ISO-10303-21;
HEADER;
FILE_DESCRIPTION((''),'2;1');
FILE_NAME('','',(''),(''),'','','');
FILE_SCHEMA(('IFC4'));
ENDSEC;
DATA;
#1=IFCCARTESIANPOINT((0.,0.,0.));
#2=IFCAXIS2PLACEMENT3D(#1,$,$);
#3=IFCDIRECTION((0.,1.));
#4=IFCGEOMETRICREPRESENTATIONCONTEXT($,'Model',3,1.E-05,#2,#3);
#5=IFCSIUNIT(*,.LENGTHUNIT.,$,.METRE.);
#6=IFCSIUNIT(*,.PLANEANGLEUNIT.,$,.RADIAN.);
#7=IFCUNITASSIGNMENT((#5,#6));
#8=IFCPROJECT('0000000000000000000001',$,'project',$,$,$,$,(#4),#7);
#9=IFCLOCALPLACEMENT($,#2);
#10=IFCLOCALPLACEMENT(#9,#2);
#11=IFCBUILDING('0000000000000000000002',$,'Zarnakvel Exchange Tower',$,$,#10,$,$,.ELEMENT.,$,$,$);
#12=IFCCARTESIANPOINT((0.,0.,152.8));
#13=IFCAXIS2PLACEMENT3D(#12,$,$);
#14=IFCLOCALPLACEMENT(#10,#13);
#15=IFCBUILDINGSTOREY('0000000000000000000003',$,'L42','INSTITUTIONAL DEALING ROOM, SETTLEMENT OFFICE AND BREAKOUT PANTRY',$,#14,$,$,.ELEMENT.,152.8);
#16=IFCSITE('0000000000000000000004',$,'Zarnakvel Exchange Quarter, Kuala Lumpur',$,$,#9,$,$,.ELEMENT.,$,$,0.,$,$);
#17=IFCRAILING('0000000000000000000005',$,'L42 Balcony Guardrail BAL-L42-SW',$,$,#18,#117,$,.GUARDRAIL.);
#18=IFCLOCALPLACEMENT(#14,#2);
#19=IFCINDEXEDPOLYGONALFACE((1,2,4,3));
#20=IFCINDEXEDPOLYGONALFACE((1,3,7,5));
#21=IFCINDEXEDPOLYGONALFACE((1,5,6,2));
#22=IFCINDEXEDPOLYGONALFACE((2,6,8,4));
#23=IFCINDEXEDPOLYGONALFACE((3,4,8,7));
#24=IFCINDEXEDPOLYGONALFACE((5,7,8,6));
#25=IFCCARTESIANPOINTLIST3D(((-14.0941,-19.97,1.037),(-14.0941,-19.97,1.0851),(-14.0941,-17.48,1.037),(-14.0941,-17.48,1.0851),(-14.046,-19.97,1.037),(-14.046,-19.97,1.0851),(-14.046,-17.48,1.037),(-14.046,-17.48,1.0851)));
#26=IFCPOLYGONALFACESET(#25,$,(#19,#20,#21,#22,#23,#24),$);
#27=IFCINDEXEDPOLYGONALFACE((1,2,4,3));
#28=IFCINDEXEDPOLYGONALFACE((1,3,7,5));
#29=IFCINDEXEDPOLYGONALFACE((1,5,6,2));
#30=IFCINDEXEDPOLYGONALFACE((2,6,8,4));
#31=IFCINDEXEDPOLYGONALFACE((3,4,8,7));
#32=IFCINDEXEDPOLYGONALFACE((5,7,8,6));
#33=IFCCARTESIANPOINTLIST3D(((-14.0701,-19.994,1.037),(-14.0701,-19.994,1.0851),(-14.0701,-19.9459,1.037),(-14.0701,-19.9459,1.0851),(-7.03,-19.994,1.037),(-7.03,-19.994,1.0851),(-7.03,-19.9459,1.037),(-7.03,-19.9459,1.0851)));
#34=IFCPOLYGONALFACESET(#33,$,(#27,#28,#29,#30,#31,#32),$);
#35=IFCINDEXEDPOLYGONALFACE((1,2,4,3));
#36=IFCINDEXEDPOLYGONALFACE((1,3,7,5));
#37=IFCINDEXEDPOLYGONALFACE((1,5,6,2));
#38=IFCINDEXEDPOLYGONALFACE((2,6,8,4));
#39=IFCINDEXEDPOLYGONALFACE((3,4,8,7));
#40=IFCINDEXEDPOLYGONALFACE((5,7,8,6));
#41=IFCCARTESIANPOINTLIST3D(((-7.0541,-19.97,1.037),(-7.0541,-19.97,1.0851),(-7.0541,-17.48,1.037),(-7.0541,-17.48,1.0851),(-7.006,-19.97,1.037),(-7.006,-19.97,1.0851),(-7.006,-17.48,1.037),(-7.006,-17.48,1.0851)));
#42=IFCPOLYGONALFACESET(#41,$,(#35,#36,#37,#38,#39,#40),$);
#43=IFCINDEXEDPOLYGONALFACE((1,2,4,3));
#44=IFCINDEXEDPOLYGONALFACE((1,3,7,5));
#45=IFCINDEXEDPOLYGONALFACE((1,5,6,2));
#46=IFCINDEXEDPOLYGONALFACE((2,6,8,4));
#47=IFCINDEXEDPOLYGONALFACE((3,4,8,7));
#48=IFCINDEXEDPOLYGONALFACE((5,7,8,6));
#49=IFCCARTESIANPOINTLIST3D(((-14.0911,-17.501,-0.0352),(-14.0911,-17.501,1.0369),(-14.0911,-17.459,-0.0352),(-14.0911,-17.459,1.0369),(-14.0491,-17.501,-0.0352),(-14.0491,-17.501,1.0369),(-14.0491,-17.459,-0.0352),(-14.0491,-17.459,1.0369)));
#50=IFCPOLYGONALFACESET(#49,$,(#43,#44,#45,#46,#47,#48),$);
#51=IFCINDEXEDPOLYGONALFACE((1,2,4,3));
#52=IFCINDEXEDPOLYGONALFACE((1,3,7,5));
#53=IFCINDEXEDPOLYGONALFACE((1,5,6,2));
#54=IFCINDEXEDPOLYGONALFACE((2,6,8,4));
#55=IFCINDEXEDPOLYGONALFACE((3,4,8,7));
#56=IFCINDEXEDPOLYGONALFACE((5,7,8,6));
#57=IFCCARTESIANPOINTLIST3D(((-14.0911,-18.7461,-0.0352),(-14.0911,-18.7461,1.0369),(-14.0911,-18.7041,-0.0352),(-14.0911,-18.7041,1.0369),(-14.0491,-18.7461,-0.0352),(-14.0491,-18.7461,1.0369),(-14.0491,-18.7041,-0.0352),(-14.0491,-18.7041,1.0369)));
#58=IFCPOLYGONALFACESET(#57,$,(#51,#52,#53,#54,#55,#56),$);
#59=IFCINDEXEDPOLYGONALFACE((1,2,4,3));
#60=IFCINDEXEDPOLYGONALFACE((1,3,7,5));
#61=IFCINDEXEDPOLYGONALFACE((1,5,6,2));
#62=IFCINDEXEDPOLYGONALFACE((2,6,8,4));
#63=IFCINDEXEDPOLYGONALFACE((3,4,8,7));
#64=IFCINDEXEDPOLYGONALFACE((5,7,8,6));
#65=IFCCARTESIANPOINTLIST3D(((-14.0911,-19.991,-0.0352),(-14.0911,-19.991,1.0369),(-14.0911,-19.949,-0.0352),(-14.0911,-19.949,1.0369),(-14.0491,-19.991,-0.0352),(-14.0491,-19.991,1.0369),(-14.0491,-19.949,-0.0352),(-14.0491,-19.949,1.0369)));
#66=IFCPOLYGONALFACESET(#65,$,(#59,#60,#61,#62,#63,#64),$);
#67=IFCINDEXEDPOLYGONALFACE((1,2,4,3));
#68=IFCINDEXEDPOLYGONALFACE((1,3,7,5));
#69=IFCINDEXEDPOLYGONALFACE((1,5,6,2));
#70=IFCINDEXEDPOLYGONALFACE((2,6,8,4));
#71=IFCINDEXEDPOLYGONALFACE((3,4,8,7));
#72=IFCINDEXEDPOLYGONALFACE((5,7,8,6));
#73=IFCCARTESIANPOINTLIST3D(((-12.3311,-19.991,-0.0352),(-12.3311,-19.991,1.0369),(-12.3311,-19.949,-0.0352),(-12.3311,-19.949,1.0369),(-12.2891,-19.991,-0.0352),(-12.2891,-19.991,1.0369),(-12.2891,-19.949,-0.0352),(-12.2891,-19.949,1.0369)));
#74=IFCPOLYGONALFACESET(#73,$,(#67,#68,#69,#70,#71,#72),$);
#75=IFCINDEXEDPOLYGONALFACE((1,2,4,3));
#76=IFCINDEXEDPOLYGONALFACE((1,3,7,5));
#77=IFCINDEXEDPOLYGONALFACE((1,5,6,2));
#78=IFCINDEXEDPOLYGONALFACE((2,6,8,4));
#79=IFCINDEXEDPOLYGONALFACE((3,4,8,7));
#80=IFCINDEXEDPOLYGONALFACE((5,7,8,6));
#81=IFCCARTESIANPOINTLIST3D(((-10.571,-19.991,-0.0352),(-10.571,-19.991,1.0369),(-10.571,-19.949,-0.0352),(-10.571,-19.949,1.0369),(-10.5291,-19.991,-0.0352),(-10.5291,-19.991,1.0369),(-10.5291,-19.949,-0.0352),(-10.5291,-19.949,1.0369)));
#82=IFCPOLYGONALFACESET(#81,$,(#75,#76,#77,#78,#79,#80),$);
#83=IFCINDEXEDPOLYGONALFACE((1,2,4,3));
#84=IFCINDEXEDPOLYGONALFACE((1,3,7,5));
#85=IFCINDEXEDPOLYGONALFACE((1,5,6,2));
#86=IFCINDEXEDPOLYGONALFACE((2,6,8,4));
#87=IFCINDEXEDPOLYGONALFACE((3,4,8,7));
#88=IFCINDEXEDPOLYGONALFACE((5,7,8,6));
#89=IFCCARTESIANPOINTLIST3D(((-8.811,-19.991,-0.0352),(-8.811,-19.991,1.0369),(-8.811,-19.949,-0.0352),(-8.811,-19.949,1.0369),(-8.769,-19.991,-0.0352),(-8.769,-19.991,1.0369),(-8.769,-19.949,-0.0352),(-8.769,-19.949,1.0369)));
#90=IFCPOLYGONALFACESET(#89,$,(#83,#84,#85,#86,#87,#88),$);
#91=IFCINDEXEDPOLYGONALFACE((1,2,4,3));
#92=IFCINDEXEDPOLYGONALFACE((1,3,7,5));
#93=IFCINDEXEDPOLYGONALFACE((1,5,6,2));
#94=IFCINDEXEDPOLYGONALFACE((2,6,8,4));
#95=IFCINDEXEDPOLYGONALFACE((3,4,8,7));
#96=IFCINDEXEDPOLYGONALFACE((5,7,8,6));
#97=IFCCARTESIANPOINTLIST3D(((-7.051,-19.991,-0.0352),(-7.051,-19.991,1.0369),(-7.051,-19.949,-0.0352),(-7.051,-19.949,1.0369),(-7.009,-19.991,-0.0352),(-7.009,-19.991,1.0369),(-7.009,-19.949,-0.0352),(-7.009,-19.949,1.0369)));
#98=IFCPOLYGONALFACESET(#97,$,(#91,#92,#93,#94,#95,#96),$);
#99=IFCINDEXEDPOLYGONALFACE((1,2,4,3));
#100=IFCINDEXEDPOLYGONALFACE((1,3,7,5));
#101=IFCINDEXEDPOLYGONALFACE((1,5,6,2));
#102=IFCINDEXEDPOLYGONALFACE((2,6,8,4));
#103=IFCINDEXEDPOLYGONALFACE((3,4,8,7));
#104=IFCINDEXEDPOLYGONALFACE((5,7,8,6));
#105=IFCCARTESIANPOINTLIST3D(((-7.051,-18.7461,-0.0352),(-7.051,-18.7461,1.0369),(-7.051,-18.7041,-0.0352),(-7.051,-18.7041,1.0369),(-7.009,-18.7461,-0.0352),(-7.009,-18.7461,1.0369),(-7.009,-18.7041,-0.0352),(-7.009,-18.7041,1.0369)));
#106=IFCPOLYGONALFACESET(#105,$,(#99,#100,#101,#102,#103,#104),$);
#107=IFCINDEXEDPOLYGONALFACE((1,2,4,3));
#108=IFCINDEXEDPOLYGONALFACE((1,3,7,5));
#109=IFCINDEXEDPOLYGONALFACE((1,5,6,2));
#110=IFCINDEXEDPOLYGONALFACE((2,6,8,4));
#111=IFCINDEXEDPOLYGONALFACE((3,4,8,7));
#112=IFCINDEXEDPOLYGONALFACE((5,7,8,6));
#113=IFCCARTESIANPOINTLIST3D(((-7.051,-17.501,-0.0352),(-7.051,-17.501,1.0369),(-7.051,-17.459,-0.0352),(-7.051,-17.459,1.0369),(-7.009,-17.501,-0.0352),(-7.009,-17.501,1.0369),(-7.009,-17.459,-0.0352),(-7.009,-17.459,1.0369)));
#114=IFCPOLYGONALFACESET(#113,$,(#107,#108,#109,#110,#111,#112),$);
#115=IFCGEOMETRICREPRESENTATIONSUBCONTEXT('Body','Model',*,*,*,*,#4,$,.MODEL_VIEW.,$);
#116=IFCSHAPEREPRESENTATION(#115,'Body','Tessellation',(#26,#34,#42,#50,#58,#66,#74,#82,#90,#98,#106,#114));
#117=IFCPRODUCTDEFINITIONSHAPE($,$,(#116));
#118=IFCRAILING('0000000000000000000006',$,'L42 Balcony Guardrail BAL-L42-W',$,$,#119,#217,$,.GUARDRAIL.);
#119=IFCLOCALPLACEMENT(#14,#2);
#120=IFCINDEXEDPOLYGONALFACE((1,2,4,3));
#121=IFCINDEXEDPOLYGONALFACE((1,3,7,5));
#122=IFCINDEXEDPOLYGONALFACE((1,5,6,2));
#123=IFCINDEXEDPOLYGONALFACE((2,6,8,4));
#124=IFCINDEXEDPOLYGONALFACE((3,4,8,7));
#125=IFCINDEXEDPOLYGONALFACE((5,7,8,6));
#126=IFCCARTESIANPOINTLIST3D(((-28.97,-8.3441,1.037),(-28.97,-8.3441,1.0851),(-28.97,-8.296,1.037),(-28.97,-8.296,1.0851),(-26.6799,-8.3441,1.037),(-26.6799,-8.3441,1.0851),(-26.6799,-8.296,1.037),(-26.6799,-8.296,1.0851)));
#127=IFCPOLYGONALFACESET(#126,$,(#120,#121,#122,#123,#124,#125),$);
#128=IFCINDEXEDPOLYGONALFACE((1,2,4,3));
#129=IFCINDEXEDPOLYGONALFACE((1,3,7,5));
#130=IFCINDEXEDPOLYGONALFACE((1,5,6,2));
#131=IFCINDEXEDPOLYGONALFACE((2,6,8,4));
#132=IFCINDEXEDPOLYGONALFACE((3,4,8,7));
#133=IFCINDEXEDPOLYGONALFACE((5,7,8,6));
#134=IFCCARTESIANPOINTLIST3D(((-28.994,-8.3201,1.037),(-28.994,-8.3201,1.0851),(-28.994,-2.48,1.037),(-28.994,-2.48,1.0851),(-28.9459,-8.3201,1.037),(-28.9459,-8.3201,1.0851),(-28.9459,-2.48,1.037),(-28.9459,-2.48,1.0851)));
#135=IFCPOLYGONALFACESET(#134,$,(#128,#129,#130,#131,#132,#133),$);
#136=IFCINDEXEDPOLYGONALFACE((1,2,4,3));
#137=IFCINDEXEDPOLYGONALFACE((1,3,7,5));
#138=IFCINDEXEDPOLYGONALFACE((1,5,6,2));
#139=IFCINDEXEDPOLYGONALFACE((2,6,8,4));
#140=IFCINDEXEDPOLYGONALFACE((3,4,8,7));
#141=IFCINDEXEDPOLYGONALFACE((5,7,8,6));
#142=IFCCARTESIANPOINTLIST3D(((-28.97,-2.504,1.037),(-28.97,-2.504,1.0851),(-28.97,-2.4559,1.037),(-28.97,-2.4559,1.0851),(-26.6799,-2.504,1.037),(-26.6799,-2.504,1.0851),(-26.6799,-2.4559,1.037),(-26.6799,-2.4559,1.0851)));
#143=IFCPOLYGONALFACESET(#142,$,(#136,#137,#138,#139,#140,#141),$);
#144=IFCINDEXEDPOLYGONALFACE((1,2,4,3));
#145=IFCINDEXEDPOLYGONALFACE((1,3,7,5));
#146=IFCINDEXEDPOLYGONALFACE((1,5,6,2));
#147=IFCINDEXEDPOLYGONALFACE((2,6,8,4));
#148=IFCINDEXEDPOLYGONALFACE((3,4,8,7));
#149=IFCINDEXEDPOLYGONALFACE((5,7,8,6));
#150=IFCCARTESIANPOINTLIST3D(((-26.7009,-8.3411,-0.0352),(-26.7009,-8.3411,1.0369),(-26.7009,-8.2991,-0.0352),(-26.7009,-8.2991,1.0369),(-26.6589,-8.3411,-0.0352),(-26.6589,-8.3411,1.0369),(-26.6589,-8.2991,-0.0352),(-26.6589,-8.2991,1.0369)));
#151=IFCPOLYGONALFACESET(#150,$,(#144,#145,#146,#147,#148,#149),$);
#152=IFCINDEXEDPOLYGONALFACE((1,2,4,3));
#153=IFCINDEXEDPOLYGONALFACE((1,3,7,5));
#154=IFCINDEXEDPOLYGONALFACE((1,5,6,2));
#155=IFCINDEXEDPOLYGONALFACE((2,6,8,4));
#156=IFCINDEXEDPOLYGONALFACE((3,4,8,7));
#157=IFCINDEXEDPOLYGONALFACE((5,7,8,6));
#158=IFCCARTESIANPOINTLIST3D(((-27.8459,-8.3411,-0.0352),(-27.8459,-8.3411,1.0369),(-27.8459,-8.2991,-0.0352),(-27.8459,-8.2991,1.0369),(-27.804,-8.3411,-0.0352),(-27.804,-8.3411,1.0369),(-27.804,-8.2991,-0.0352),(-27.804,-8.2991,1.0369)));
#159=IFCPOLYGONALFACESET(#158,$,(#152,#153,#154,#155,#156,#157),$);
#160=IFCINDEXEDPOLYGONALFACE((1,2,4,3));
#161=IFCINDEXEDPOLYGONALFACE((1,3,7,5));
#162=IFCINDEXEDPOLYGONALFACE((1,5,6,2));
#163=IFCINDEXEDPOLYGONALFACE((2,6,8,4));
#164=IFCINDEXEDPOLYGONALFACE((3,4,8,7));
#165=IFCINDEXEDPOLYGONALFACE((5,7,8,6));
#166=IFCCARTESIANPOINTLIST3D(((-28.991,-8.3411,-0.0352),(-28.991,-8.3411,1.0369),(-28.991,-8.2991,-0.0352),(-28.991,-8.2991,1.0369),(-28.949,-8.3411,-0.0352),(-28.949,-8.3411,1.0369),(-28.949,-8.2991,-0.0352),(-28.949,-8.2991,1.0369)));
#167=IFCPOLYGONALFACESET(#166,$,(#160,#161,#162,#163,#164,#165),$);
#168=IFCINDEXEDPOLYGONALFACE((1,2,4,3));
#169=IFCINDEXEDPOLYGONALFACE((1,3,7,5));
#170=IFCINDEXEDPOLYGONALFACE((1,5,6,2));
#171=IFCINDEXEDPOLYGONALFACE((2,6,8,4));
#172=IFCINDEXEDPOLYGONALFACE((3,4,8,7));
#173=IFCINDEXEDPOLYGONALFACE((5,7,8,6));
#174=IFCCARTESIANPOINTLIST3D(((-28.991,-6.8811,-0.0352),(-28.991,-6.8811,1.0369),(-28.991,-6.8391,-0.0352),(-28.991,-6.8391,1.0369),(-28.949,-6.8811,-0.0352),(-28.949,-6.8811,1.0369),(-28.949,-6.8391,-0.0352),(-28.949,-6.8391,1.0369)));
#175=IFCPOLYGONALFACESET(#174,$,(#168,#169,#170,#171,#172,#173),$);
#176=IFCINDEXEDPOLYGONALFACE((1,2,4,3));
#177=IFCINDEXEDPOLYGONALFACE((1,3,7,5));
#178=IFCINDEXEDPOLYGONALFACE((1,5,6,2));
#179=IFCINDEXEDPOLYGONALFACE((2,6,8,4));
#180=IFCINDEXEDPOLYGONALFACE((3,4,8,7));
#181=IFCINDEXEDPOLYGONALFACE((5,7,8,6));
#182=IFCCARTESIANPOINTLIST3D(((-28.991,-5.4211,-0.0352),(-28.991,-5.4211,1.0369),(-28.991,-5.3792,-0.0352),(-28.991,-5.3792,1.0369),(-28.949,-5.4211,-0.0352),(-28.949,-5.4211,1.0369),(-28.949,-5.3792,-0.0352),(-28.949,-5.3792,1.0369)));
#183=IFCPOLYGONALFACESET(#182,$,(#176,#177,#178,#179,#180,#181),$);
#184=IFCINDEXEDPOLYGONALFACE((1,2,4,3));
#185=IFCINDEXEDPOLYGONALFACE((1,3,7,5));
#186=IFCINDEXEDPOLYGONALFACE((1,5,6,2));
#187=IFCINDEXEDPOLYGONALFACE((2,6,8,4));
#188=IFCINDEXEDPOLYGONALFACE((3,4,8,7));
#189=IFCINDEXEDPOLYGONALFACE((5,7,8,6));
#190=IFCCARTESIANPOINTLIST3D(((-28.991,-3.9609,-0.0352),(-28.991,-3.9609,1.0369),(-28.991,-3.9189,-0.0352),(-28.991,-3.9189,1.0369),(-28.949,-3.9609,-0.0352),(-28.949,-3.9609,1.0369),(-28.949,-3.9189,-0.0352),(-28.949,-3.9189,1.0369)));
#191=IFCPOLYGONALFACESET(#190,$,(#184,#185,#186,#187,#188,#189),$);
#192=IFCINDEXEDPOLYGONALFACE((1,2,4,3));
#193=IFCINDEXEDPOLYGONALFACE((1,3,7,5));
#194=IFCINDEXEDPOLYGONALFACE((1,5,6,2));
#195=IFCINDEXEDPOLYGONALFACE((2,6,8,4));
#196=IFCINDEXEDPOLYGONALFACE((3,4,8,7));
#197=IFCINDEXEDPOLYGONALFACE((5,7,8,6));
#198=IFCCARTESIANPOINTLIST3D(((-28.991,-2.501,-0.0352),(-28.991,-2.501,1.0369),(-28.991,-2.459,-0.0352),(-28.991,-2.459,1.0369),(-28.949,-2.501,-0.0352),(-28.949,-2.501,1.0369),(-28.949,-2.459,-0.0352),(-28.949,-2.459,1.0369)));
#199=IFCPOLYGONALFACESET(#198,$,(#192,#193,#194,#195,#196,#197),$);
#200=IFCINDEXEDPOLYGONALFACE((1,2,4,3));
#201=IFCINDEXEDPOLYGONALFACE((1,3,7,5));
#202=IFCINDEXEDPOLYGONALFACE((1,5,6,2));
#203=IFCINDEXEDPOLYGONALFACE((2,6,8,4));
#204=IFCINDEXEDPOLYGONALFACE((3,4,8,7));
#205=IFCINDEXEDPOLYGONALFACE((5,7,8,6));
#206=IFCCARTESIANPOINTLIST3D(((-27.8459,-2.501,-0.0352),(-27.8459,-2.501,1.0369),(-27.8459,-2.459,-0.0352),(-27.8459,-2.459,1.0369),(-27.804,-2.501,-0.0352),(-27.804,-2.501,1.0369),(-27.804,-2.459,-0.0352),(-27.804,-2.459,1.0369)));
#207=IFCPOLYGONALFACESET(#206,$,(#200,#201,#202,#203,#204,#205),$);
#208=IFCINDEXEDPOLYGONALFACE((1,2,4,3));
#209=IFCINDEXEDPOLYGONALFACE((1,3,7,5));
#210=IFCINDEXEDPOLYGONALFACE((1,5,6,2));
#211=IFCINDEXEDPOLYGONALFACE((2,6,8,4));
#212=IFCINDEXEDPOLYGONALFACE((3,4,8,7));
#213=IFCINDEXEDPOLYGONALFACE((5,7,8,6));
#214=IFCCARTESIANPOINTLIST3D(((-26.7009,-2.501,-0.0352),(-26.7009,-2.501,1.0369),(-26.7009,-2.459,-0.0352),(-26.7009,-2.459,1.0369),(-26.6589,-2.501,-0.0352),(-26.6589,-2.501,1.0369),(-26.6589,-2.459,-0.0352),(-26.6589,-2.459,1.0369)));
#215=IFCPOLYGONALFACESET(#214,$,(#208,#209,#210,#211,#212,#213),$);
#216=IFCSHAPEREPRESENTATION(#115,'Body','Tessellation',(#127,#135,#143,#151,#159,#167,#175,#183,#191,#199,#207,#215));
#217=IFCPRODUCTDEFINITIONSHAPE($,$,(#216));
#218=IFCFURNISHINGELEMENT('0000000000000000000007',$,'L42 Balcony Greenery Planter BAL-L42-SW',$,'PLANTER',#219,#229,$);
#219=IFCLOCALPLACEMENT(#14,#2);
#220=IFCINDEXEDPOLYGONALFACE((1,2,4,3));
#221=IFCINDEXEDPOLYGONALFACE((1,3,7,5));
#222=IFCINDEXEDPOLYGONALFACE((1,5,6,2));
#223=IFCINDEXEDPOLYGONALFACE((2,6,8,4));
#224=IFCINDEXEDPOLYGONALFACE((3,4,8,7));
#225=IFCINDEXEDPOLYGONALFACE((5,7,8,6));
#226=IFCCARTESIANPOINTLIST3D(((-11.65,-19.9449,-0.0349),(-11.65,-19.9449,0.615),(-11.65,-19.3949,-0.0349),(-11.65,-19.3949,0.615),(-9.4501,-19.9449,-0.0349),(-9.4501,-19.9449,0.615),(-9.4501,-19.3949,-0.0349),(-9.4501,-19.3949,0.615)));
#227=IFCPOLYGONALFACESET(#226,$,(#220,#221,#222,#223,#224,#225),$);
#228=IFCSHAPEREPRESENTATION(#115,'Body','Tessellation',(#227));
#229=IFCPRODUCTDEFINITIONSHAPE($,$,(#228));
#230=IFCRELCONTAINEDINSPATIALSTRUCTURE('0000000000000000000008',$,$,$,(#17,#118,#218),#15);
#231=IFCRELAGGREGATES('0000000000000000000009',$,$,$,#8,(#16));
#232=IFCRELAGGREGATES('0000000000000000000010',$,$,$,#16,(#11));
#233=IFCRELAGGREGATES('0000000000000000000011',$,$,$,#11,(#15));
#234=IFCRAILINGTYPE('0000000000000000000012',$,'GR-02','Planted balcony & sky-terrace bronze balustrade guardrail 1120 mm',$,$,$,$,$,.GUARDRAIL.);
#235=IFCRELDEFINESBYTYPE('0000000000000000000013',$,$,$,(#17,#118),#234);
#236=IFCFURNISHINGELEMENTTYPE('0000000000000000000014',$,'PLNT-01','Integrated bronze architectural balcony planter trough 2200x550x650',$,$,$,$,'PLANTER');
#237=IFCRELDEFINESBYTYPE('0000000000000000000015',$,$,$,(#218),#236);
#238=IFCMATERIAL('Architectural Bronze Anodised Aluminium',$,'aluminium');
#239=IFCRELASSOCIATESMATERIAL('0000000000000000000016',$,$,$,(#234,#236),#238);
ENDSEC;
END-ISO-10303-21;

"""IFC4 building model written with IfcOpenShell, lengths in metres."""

from ifc_helpers import new_model, si_unit, direction, frame, origin, origin_2d, place, context, subcontext, project, spatial, rectangle, extrude, source, transform, mapped, material, type_object, element, save


model = new_model("IFC4")

# Units and contexts
model_context = context("Model", 3, precision=1e-05, world=origin(), true_north=direction((0.0, 1.0)))
body_context = subcontext(model_context, "Body", "Model", "MODEL_VIEW")
ifc_project = project(units=[si_unit("LENGTHUNIT", "METRE"), si_unit("PLANEANGLEUNIT", "RADIAN")], contexts=[model_context])

# Site, building, storey
site_placement = place(None, origin())
site = spatial("IfcSite", under=ifc_project, at=site_placement, Name="Zarnakvel Exchange Quarter, Kuala Lumpur", CompositionType="ELEMENT", RefElevation=0.0)
building_placement = place(site_placement, origin())
building = spatial("IfcBuilding", under=site, at=building_placement, Name="Zarnakvel Exchange Tower", CompositionType="ELEMENT")
storey_placement = place(building_placement, frame((0.0, 0.0, 152.8)))
storey = spatial("IfcBuildingStorey", under=building, at=storey_placement, Name="L42", Description="INSTITUTIONAL DEALING ROOM, SETTLEMENT OFFICE AND BREAKOUT PANTRY", CompositionType="ELEMENT", Elevation=152.8)

# Shared definitions
ifc_material_1 = material(Name="Architectural Bronze Anodised Aluminium", Category="aluminium")

# Railings
railing_type = type_object("IfcRailingType", Name="GR-02", Description="Planted balcony & sky-terrace bronze balustrade guardrail 1120 mm", PredefinedType="GUARDRAIL", material=ifc_material_1)
railing_1_placement = place(storey_placement, frame((-14.0701, -17.48, -0.0352)))
element("IfcRailing", 1, at=railing_1_placement, inside=storey, type_object=railing_type, Name="L42 Balcony Guardrail BAL-L42-SW", PredefinedType="GUARDRAIL", context=body_context, shape_type="SweptSolid", body=[
    extrude(rectangle(XDim=0.0481, YDim=0.0481, at=origin_2d()), frame((0.0, 0.0, 1.0962), z_axis=(0.0, -1.0, 0.0), x_axis=(1.0, 0.0, 0.0)), (0.0, 0.0, 1.0), 2.49),
    extrude(rectangle(XDim=0.0481, YDim=0.0481, at=origin_2d()), frame((0.0, -2.49, 1.0962), z_axis=(1.0, 0.0, 0.0), x_axis=(0.0, 1.0, 0.0)), (0.0, 0.0, 1.0), 7.04),
    extrude(rectangle(XDim=0.0481, YDim=0.0481, at=origin_2d()), frame((7.04, -2.49, 1.0962), z_axis=(0.0, 1.0, 0.0), x_axis=(-1.0, 0.0, 0.0)), (0.0, 0.0, 1.0), 2.49),
    extrude(rectangle(XDim=0.042, YDim=0.042, at=origin_2d()), origin(), (0.0, 0.0, 1.0), 1.072),
    extrude(rectangle(XDim=0.042, YDim=0.042, at=origin_2d()), frame((0.0, -1.2451, 0.0)), (0.0, 0.0, 1.0), 1.072),
    extrude(rectangle(XDim=0.042, YDim=0.042, at=origin_2d()), frame((0.0, -2.49, 0.0)), (0.0, 0.0, 1.0), 1.072),
    extrude(rectangle(XDim=0.042, YDim=0.042, at=origin_2d()), frame((1.76, -2.49, 0.0)), (0.0, 0.0, 1.0), 1.072),
    extrude(rectangle(XDim=0.042, YDim=0.042, at=origin_2d()), frame((3.52, -2.49, 0.0)), (0.0, 0.0, 1.0), 1.072),
    extrude(rectangle(XDim=0.042, YDim=0.042, at=origin_2d()), frame((5.28, -2.49, 0.0)), (0.0, 0.0, 1.0), 1.072),
    extrude(rectangle(XDim=0.042, YDim=0.042, at=origin_2d()), frame((7.04, -2.49, 0.0)), (0.0, 0.0, 1.0), 1.072),
    extrude(rectangle(XDim=0.042, YDim=0.042, at=origin_2d()), frame((7.04, -1.2451, 0.0)), (0.0, 0.0, 1.0), 1.072),
    extrude(rectangle(XDim=0.042, YDim=0.042, at=origin_2d()), frame((7.04, 0.0, 0.0)), (0.0, 0.0, 1.0), 1.072),
])
railing_2_placement = place(storey_placement, frame((-26.6799, -8.3201, -0.0352)))
element("IfcRailing", 2, at=railing_2_placement, inside=storey, type_object=railing_type, Name="L42 Balcony Guardrail BAL-L42-W", PredefinedType="GUARDRAIL", context=body_context, shape_type="SweptSolid", body=[
    extrude(rectangle(XDim=0.0481, YDim=0.0481, at=origin_2d()), frame((0.0, 0.0, 1.0962), z_axis=(-1.0, 0.0, 0.0), x_axis=(0.0, -1.0, 0.0)), (0.0, 0.0, 1.0), 2.29),
    extrude(rectangle(XDim=0.0481, YDim=0.0481, at=origin_2d()), frame((-2.29, 0.0, 1.0962), z_axis=(0.0, 1.0, 0.0), x_axis=(-1.0, 0.0, 0.0)), (0.0, 0.0, 1.0), 5.8401),
    extrude(rectangle(XDim=0.0481, YDim=0.0481, at=origin_2d()), frame((-2.29, 5.8401, 1.0962), z_axis=(1.0, 0.0, 0.0), x_axis=(0.0, 1.0, 0.0)), (0.0, 0.0, 1.0), 2.29),
    extrude(rectangle(XDim=0.042, YDim=0.042, at=origin_2d()), origin(), (0.0, 0.0, 1.0), 1.072),
    extrude(rectangle(XDim=0.042, YDim=0.042, at=origin_2d()), frame((-1.145, 0.0, 0.0)), (0.0, 0.0, 1.0), 1.072),
    extrude(rectangle(XDim=0.042, YDim=0.042, at=origin_2d()), frame((-2.29, 0.0, 0.0)), (0.0, 0.0, 1.0), 1.072),
    extrude(rectangle(XDim=0.042, YDim=0.042, at=origin_2d()), frame((-2.29, 1.46, 0.0)), (0.0, 0.0, 1.0), 1.072),
    extrude(rectangle(XDim=0.042, YDim=0.042, at=origin_2d()), frame((-2.29, 2.9199, 0.0)), (0.0, 0.0, 1.0), 1.072),
    extrude(rectangle(XDim=0.042, YDim=0.042, at=origin_2d()), frame((-2.29, 4.3801, 0.0)), (0.0, 0.0, 1.0), 1.072),
    extrude(rectangle(XDim=0.042, YDim=0.042, at=origin_2d()), frame((-2.29, 5.8401, 0.0)), (0.0, 0.0, 1.0), 1.072),
    extrude(rectangle(XDim=0.042, YDim=0.042, at=origin_2d()), frame((-1.145, 5.8401, 0.0)), (0.0, 0.0, 1.0), 1.072),
    extrude(rectangle(XDim=0.042, YDim=0.042, at=origin_2d()), frame((0.0, 5.8401, 0.0)), (0.0, 0.0, 1.0), 1.072),
])

# Furnishing element
furnishing_element_type = type_object("IfcFurnishingElementType", Name="PLNT-01", Description="Integrated bronze architectural balcony planter trough 2200x550x650", ElementType="PLANTER", material=ifc_material_1)
shared_shape_1 = source(origin(), body_context, "Body", "SweptSolid", [
    extrude(rectangle(XDim=2.2, YDim=0.55, at=origin_2d()), origin(), (0.0, 0.0, 1.0), 0.6499),
])
furnishing_placement = place(storey_placement, frame((-10.55, -19.6699, -0.0349), z_axis=(0.0, 0.0, 1.0), x_axis=(1.0, 0.0, 0.0)))
element("IfcFurnishingElement", 3, at=furnishing_placement, inside=storey, type_object=furnishing_element_type, Name="L42 Balcony Greenery Planter BAL-L42-SW", ObjectType="PLANTER", context=body_context, shape_type="MappedRepresentation", body=[
    mapped(shared_shape_1, transform((0.0, 0.0, 0.0), x_axis=(1.0, 0.0, 0.0), y_axis=(0.0, 1.0, 0.0), z_axis=(0.0, 0.0, 1.0), scale=1.0)),
])

save(model, "model.ifc")
